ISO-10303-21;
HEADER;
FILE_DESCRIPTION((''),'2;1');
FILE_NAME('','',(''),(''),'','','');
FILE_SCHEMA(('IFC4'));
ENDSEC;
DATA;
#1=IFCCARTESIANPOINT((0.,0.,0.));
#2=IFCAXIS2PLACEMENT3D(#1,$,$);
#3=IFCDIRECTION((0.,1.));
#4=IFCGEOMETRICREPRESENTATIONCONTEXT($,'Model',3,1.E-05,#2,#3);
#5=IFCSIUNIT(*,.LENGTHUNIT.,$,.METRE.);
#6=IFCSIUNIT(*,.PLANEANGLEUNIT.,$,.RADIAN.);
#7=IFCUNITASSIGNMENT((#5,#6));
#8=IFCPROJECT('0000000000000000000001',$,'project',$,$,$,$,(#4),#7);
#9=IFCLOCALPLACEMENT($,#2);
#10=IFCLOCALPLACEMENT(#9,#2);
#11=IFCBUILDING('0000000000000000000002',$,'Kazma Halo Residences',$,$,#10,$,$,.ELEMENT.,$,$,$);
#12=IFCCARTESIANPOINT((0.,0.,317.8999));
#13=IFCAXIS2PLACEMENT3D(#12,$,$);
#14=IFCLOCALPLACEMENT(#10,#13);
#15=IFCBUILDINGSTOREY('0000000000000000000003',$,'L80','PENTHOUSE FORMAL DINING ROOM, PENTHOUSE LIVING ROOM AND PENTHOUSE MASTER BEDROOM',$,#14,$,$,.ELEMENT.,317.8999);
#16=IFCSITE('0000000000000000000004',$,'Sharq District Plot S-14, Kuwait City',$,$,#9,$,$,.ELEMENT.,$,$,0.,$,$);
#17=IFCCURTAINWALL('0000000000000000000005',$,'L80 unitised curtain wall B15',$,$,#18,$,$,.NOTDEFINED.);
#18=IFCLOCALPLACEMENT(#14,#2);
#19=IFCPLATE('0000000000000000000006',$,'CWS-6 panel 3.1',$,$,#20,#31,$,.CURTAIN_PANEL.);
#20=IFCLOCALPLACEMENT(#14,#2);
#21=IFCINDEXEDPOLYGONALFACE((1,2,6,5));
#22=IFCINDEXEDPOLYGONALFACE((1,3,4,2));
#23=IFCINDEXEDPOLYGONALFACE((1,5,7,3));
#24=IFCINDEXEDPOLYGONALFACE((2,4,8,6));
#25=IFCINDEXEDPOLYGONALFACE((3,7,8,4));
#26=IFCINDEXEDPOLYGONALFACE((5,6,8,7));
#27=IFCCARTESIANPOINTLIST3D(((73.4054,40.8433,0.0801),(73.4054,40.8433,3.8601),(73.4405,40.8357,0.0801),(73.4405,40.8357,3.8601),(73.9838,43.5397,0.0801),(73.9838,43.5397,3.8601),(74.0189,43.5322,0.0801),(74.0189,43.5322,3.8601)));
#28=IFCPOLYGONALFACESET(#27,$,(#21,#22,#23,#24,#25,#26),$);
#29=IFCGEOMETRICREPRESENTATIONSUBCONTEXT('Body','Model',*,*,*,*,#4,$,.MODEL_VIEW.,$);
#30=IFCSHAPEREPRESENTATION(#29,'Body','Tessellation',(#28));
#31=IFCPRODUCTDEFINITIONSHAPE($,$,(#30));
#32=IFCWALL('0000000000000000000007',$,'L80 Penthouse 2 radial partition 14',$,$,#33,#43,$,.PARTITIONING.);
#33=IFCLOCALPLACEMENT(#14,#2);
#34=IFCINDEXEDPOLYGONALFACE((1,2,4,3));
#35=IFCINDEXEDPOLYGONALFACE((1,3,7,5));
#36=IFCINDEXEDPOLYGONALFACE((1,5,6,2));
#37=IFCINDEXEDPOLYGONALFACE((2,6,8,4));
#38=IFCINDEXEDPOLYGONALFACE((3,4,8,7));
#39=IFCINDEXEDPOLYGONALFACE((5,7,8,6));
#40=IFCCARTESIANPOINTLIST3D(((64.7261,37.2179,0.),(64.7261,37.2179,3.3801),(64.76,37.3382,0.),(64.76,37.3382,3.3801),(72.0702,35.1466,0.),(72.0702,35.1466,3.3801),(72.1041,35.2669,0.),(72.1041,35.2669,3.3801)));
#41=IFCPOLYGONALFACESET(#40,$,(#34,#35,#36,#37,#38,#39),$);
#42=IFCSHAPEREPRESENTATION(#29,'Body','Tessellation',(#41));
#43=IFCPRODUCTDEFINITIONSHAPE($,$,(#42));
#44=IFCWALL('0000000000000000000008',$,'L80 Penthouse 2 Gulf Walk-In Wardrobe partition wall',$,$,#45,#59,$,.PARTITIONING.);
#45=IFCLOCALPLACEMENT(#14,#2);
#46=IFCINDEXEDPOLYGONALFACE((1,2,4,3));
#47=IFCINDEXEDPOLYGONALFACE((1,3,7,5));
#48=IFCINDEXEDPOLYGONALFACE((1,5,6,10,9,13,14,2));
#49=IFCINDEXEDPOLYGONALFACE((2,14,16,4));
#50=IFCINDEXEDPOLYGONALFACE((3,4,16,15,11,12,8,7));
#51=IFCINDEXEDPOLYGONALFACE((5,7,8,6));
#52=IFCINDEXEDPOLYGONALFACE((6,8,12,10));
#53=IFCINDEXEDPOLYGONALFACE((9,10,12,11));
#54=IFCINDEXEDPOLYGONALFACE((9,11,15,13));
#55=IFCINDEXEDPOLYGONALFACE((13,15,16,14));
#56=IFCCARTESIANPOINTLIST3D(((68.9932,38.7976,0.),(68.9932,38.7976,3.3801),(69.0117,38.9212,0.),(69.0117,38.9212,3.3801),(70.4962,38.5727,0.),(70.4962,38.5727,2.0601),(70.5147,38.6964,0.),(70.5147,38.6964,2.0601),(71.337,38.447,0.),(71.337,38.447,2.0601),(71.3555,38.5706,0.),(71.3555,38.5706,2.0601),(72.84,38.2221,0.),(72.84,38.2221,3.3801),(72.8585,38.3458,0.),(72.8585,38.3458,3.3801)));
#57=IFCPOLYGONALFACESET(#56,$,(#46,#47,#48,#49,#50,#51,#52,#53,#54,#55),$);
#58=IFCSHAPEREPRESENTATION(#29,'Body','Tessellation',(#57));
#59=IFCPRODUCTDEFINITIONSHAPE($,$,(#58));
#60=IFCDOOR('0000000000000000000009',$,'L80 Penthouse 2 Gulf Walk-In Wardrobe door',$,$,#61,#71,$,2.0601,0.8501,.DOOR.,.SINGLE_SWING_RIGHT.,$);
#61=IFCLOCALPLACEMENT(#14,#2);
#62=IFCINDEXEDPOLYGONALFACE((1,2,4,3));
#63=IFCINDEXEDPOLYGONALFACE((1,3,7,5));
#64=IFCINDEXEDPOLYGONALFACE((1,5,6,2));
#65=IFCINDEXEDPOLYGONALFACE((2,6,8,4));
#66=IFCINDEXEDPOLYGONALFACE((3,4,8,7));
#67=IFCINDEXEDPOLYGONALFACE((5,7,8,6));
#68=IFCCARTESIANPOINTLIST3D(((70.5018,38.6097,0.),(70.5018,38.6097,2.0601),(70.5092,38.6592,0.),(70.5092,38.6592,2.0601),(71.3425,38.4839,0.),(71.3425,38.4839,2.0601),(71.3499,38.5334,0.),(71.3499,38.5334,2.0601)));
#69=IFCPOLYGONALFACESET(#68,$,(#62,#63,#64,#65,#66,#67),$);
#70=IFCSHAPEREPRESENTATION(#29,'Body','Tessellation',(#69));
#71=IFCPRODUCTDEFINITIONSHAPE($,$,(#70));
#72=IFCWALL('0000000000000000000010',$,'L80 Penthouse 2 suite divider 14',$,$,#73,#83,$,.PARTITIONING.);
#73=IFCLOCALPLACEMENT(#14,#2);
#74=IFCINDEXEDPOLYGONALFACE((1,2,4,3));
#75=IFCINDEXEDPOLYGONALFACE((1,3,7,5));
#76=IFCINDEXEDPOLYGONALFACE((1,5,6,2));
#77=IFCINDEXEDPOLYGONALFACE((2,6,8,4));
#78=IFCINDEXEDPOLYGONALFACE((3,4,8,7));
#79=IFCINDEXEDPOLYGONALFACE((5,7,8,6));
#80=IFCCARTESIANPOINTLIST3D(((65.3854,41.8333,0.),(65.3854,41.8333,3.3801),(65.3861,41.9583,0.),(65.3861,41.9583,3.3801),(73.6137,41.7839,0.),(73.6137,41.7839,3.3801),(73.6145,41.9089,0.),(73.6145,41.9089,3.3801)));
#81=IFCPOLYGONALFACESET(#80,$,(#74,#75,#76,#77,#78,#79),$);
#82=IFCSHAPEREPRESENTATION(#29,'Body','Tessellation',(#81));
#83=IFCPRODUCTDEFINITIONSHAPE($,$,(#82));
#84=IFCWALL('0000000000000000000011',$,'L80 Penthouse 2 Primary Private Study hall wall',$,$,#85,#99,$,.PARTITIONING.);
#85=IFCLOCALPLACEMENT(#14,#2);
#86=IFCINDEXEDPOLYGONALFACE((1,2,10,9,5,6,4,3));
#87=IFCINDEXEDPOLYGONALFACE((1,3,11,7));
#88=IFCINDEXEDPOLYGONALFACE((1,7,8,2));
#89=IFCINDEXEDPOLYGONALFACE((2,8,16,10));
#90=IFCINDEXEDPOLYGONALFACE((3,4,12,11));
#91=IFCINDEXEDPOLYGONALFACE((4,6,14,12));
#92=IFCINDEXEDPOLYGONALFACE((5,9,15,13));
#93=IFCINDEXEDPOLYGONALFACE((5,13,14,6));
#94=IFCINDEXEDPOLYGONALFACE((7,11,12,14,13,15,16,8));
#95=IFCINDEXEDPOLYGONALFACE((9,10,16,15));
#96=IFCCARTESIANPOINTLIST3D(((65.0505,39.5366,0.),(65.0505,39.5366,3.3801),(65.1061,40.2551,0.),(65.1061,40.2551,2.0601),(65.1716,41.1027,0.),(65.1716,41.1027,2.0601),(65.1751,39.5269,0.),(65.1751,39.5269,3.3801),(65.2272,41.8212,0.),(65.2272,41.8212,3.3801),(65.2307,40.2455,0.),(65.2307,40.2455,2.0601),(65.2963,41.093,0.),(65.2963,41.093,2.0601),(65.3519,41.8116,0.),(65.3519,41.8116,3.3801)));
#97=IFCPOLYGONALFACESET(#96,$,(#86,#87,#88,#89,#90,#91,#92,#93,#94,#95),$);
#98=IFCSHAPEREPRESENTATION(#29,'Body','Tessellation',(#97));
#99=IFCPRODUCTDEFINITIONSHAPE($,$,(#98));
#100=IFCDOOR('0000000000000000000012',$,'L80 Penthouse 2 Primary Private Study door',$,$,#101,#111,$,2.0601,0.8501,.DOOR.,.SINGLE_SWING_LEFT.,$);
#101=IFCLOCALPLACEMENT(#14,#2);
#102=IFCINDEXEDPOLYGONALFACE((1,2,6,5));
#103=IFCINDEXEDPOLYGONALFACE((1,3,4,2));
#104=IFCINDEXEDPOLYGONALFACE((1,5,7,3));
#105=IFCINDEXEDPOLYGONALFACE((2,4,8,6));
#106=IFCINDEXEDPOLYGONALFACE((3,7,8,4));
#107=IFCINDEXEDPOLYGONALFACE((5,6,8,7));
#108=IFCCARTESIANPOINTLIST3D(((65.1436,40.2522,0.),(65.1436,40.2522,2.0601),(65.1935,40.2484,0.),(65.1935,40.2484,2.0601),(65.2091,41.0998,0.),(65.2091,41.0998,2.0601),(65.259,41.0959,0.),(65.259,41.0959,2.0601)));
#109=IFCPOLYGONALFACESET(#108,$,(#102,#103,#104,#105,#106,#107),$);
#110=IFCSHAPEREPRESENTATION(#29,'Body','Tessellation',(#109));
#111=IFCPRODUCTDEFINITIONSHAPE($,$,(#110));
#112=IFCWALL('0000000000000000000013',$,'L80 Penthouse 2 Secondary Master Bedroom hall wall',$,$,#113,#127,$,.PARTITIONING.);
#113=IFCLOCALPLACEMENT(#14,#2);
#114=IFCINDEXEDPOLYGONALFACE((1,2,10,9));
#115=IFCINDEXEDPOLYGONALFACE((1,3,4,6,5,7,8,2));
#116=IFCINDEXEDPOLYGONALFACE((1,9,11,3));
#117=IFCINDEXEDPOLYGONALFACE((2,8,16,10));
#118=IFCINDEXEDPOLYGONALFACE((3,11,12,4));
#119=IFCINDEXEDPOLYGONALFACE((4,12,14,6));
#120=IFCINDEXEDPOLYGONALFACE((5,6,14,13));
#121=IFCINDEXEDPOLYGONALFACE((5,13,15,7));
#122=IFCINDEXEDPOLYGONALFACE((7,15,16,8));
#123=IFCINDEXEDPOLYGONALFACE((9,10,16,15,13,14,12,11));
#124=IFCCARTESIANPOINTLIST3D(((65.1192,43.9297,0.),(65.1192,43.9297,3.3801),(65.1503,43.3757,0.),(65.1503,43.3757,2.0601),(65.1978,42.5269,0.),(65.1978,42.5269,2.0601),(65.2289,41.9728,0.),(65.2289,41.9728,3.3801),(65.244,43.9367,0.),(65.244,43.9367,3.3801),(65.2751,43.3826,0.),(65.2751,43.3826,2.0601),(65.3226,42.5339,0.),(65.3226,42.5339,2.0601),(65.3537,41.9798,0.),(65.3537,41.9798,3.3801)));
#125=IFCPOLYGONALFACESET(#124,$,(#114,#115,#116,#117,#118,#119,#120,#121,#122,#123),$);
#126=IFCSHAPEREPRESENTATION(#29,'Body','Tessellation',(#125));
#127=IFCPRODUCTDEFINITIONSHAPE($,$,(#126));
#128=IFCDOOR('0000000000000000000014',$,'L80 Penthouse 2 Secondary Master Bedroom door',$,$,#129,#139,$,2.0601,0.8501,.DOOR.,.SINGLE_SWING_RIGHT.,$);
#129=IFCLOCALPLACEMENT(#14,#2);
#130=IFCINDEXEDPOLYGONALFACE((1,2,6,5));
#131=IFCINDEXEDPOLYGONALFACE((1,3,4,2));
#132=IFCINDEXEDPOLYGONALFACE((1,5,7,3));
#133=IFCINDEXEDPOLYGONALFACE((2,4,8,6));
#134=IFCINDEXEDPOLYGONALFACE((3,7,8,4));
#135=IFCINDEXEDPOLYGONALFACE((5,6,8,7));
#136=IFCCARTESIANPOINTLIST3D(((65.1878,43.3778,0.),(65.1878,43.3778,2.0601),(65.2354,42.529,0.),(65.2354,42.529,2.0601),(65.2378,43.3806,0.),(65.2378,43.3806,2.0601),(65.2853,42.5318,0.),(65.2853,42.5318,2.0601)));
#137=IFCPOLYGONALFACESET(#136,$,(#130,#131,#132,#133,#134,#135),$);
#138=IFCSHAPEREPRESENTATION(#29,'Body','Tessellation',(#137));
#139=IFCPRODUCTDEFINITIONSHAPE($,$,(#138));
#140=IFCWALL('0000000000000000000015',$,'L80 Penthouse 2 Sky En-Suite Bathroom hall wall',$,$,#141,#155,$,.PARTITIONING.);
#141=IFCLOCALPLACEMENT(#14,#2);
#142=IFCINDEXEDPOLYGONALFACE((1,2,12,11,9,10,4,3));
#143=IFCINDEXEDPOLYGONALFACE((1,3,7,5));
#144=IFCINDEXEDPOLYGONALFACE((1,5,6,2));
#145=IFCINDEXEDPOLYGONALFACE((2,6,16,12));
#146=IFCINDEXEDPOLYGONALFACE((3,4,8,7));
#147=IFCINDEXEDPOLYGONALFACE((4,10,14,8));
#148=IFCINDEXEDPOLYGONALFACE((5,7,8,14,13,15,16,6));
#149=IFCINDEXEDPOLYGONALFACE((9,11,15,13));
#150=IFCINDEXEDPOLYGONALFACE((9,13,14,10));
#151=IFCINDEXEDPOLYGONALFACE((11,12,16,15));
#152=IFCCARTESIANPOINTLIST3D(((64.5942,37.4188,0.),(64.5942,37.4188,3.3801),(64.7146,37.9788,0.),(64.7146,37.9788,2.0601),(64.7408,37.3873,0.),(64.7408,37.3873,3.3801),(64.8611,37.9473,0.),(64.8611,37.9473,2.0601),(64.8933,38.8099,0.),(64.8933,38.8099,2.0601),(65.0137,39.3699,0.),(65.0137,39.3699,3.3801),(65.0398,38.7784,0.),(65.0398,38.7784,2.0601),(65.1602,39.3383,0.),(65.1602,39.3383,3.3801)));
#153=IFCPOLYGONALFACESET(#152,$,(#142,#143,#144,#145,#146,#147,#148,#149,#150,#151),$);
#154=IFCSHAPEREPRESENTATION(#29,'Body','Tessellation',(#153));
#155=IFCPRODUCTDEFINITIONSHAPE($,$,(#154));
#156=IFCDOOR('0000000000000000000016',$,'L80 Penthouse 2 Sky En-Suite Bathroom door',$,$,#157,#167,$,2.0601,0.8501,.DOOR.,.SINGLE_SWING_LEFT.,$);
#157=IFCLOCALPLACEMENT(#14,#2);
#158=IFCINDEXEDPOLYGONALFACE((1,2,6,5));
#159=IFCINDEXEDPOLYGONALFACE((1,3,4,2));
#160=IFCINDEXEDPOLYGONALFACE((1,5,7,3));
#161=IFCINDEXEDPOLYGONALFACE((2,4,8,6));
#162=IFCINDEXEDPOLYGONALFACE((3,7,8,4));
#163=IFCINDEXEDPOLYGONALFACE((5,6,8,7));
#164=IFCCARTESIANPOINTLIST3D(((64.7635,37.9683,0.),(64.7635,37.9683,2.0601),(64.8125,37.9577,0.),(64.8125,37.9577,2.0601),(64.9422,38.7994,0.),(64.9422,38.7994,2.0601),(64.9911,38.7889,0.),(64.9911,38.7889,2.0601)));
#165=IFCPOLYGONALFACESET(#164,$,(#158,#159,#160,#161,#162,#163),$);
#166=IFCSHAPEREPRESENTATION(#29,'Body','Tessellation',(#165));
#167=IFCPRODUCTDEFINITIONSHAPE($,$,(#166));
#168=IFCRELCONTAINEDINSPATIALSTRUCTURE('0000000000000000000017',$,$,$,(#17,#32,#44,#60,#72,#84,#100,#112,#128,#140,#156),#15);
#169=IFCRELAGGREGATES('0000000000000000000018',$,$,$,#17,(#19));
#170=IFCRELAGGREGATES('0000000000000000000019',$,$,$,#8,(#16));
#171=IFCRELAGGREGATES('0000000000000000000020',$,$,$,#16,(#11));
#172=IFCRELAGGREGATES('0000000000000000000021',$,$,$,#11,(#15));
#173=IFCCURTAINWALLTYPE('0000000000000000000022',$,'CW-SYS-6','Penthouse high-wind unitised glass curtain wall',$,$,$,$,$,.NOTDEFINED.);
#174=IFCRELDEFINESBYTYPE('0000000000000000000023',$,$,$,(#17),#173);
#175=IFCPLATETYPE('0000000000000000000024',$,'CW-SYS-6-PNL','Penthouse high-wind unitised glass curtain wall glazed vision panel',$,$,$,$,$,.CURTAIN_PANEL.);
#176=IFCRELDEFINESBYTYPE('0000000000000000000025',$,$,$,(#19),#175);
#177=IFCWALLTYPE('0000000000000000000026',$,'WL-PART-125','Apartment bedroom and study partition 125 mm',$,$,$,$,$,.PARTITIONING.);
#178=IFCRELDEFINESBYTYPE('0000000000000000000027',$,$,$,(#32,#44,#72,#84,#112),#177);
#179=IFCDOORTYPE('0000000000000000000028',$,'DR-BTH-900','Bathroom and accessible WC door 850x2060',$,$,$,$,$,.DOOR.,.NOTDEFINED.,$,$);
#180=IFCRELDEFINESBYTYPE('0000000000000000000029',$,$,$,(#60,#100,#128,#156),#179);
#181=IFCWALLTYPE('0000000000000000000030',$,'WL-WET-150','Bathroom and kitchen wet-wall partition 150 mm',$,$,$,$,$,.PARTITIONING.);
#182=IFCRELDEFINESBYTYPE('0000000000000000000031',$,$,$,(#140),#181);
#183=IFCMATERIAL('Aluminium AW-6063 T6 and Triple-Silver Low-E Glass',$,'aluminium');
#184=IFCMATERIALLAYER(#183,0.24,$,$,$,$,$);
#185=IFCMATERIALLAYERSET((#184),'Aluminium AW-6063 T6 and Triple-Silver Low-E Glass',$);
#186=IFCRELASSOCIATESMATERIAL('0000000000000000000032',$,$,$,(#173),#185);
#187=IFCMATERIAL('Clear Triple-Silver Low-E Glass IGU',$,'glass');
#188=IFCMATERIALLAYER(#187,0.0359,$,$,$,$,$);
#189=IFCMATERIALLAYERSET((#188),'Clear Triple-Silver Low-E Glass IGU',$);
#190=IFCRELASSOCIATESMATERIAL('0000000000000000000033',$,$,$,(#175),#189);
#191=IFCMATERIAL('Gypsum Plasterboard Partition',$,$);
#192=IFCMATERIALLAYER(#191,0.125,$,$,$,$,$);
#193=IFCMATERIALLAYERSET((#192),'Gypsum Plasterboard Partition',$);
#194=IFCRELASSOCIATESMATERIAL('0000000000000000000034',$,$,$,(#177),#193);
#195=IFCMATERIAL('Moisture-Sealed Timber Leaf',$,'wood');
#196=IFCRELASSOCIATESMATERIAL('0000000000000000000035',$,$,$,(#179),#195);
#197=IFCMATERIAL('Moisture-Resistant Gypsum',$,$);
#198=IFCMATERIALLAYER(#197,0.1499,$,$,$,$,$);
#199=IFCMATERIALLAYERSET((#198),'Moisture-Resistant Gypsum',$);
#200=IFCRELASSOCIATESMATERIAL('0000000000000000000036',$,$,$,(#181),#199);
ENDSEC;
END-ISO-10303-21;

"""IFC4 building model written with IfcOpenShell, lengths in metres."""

from ifc_helpers import new_model, si_unit, direction, frame, frame_2d, origin, origin_2d, place, context, subcontext, project, spatial, rectangle, extrude, material, layer, layer_set, type_object, element, fill, aggregate, save


model = new_model("IFC4")

# Units and contexts
model_context = context("Model", 3, precision=1e-05, world=origin(), true_north=direction((0.0, 1.0)))
body_context = subcontext(model_context, "Body", "Model", "MODEL_VIEW")
ifc_project = project(units=[si_unit("LENGTHUNIT", "METRE"), si_unit("PLANEANGLEUNIT", "RADIAN")], contexts=[model_context])

# Site, building, storey
site_placement = place(None, origin())
site = spatial("IfcSite", under=ifc_project, at=site_placement, Name="Sharq District Plot S-14, Kuwait City", CompositionType="ELEMENT", RefElevation=0.0)
building_placement = place(site_placement, origin())
building = spatial("IfcBuilding", under=site, at=building_placement, Name="Kazma Halo Residences", CompositionType="ELEMENT")
storey_placement = place(building_placement, frame((0.0, 0.0, 317.8999)))
storey = spatial("IfcBuildingStorey", under=building, at=storey_placement, Name="L80", Description="PENTHOUSE FORMAL DINING ROOM, PENTHOUSE LIVING ROOM AND PENTHOUSE MASTER BEDROOM", CompositionType="ELEMENT", Elevation=317.8999)

# Curtain wall, plate
ifc_material_1 = material(Name="Aluminium AW-6063 T6 and Triple-Silver Low-E Glass", Category="aluminium")
ifc_layer_1 = layer(ifc_material_1, 0.24)
ifc_layer_set_1 = layer_set([ifc_layer_1], Name="Aluminium AW-6063 T6 and Triple-Silver Low-E Glass")
curtain_wall_type = type_object("IfcCurtainWallType", Name="CW-SYS-6", Description="Penthouse high-wind unitised glass curtain wall", PredefinedType="NOTDEFINED", material=ifc_layer_set_1)
curtain_wall_placement = place(storey_placement, origin())
curtain_wall = element("IfcCurtainWall", 1, at=curtain_wall_placement, inside=storey, type_object=curtain_wall_type, Name="L80 unitised curtain wall B15", PredefinedType="NOTDEFINED")
ifc_material_2 = material(Name="Clear Triple-Silver Low-E Glass IGU", Category="glass")
ifc_layer_2 = layer(ifc_material_2, 0.0359)
ifc_layer_set_2 = layer_set([ifc_layer_2], Name="Clear Triple-Silver Low-E Glass IGU")
plate_type = type_object("IfcPlateType", Name="CW-SYS-6-PNL", Description="Penthouse high-wind unitised glass curtain wall glazed vision panel", PredefinedType="CURTAIN_PANEL", material=ifc_layer_set_2)
plate_1_placement = place(storey_placement, frame((73.7122, 42.1877, 0.0801), z_axis=(0.0, 0.0, 1.0), x_axis=(0.209723, 0.977761, 0.0)))
plate_1 = element("IfcPlate", 2, at=plate_1_placement, type_object=plate_type, Name="CWS-6 panel 3.1", PredefinedType="CURTAIN_PANEL", context=body_context, shape_type="SweptSolid", body=[
    extrude(rectangle(XDim=2.7578, YDim=0.0359, at=origin_2d()), origin(), (0.0, 0.0, 1.0), 3.78),
])
aggregate(curtain_wall, [plate_1])

# Wall
ifc_material_3 = material(Name="Gypsum Plasterboard Partition")
ifc_layer_3 = layer(ifc_material_3, 0.125)
ifc_layer_set_3 = layer_set([ifc_layer_3], Name="Gypsum Plasterboard Partition")
wall_type_1 = type_object("IfcWallType", Name="WL-PART-125", Description="Apartment bedroom and study partition 125 mm", PredefinedType="PARTITIONING", material=ifc_layer_set_3)
wall_1_placement = place(storey_placement, frame((64.7429, 37.2781, 0.0), z_axis=(0.0, 0.0, 1.0), x_axis=(0.962455, -0.27144, 0.0)))
element("IfcWall", 3, at=wall_1_placement, inside=storey, type_object=wall_type_1, Name="L80 Penthouse 2 radial partition 14", PredefinedType="PARTITIONING", context=body_context, shape_type="SweptSolid", body=[
    extrude(rectangle(XDim=7.6306, YDim=0.125, at=frame_2d((3.8154, 0.0))), origin(), (0.0, 0.0, 1.0), 3.3801),
])

# Wall, opening, door
wall_2_placement = place(storey_placement, frame((69.0024, 38.8594, 0.0), z_axis=(0.0, 0.0, 1.0), x_axis=(0.988997, -0.147938, 0.0)))
wall_2 = element("IfcWall", 4, at=wall_2_placement, inside=storey, type_object=wall_type_1, Name="L80 Penthouse 2 Gulf Walk-In Wardrobe partition wall", PredefinedType="PARTITIONING", context=body_context, shape_type="SweptSolid", body=[
    extrude(rectangle(XDim=3.8896, YDim=0.125, at=frame_2d((1.9448, 0.0))), origin(), (0.0, 0.0, 1.0), 3.3801),
])
opening_1_placement = place(wall_2_placement, frame((1.5198, 0.0, 0.0)))
opening_1 = element("IfcOpeningElement", 5, at=opening_1_placement, cuts=wall_2, PredefinedType="OPENING", context=body_context, shape_type="SweptSolid", body=[
    extrude(rectangle(XDim=0.8501, YDim=2.0601, at=frame_2d((0.425, 1.03))), frame((0.0, 0.0725, 0.0), z_axis=(0.0, -1.0, 0.0), x_axis=(1.0, 0.0, 0.0)), (0.0, 0.0, 1.0), 0.145),
])
ifc_material_4 = material(Name="Moisture-Sealed Timber Leaf", Category="wood")
door_type = type_object("IfcDoorType", Name="DR-BTH-900", Description="Bathroom and accessible WC door 850x2060", OperationType="NOTDEFINED", PredefinedType="DOOR", material=ifc_material_4)
door_1_placement = place(opening_1_placement, origin())
door_1 = element("IfcDoor", 6, at=door_1_placement, inside=storey, type_object=door_type, Name="L80 Penthouse 2 Gulf Walk-In Wardrobe door", OperationType="SINGLE_SWING_RIGHT", OverallHeight=2.0601, OverallWidth=0.8501, PredefinedType="DOOR", context=body_context, shape_type="SweptSolid", body=[
    extrude(rectangle(XDim=0.8501, YDim=2.0601, at=frame_2d((0.425, 1.03))), frame((0.0, 0.0249, 0.0), z_axis=(0.0, -1.0, 0.0), x_axis=(1.0, 0.0, 0.0)), (0.0, 0.0, 1.0), 0.05),
])
fill(opening_1, door_1)

# Wall
wall_3_placement = place(storey_placement, frame((65.3857, 41.8958, 0.0), z_axis=(0.0, 0.0, 1.0), x_axis=(0.999982, -0.005993, 0.0)))
element("IfcWall", 7, at=wall_3_placement, inside=storey, type_object=wall_type_1, Name="L80 Penthouse 2 suite divider 14", PredefinedType="PARTITIONING", context=body_context, shape_type="SweptSolid", body=[
    extrude(rectangle(XDim=8.2285, YDim=0.125, at=frame_2d((4.1143, 0.0))), origin(), (0.0, 0.0, 1.0), 3.3801),
])

# Walls, openings, doors
wall_4_placement = place(storey_placement, frame((65.1128, 39.5317, 0.0), z_axis=(0.0, 0.0, 1.0), x_axis=(0.077136, 0.997021, 0.0)))
wall_4 = element("IfcWall", 8, at=wall_4_placement, inside=storey, type_object=wall_type_1, Name="L80 Penthouse 2 Primary Private Study hall wall", PredefinedType="PARTITIONING", context=body_context, shape_type="SweptSolid", body=[
    extrude(rectangle(XDim=2.2915, YDim=0.125, at=frame_2d((1.1458, 0.0))), origin(), (0.0, 0.0, 1.0), 3.3801),
])
opening_2_placement = place(wall_4_placement, frame((0.7207, 0.0, 0.0)))
opening_2 = element("IfcOpeningElement", 9, at=opening_2_placement, cuts=wall_4, PredefinedType="OPENING", context=body_context, shape_type="SweptSolid", body=[
    extrude(rectangle(XDim=0.8501, YDim=2.0601, at=frame_2d((0.425, 1.03))), frame((0.0, 0.0725, 0.0), z_axis=(0.0, -1.0, 0.0), x_axis=(1.0, 0.0, 0.0)), (0.0, 0.0, 1.0), 0.145),
])
door_2_placement = place(opening_2_placement, origin())
door_2 = element("IfcDoor", 10, at=door_2_placement, inside=storey, type_object=door_type, Name="L80 Penthouse 2 Primary Private Study door", OperationType="SINGLE_SWING_LEFT", OverallHeight=2.0601, OverallWidth=0.8501, PredefinedType="DOOR", context=body_context, shape_type="SweptSolid", body=[
    extrude(rectangle(XDim=0.8501, YDim=2.0601, at=frame_2d((0.425, 1.03))), frame((0.0, 0.0249, 0.0), z_axis=(0.0, -1.0, 0.0), x_axis=(1.0, 0.0, 0.0)), (0.0, 0.0, 1.0), 0.05),
])
fill(opening_2, door_2)
wall_5_placement = place(storey_placement, frame((65.2913, 41.9763, 0.0), z_axis=(0.0, 0.0, 1.0), x_axis=(-0.055932, 0.998435, 0.0)))
wall_5 = element("IfcWall", 11, at=wall_5_placement, inside=storey, type_object=wall_type_1, Name="L80 Penthouse 2 Secondary Master Bedroom hall wall", PredefinedType="PARTITIONING", context=body_context, shape_type="SweptSolid", body=[
    extrude(rectangle(XDim=1.96, YDim=0.125, at=frame_2d((0.98, 0.0))), origin(), (0.0, 0.0, 1.0), 3.3801),
])
opening_3_placement = place(wall_5_placement, frame((0.5549, 0.0, 0.0)))
opening_3 = element("IfcOpeningElement", 12, at=opening_3_placement, cuts=wall_5, PredefinedType="OPENING", context=body_context, shape_type="SweptSolid", body=[
    extrude(rectangle(XDim=0.8501, YDim=2.0601, at=frame_2d((0.425, 1.03))), frame((0.0, 0.0725, 0.0), z_axis=(0.0, -1.0, 0.0), x_axis=(1.0, 0.0, 0.0)), (0.0, 0.0, 1.0), 0.145),
])
door_3_placement = place(opening_3_placement, origin())
door_3 = element("IfcDoor", 13, at=door_3_placement, inside=storey, type_object=door_type, Name="L80 Penthouse 2 Secondary Master Bedroom door", OperationType="SINGLE_SWING_RIGHT", OverallHeight=2.0601, OverallWidth=0.8501, PredefinedType="DOOR", context=body_context, shape_type="SweptSolid", body=[
    extrude(rectangle(XDim=0.8501, YDim=2.0601, at=frame_2d((0.425, 1.03))), frame((0.0, 0.0249, 0.0), z_axis=(0.0, -1.0, 0.0), x_axis=(1.0, 0.0, 0.0)), (0.0, 0.0, 1.0), 0.05),
])
fill(opening_3, door_3)
ifc_material_5 = material(Name="Moisture-Resistant Gypsum")
ifc_layer_4 = layer(ifc_material_5, 0.1499)
ifc_layer_set_4 = layer_set([ifc_layer_4], Name="Moisture-Resistant Gypsum")
wall_type_2 = type_object("IfcWallType", Name="WL-WET-150", Description="Bathroom and kitchen wet-wall partition 150 mm", PredefinedType="PARTITIONING", material=ifc_layer_set_4)
wall_6_placement = place(storey_placement, frame((64.6675, 37.4031, 0.0), z_axis=(0.0, 0.0, 1.0), x_axis=(0.210189, 0.977661, 0.0)))
wall_6 = element("IfcWall", 14, at=wall_6_placement, inside=storey, type_object=wall_type_2, Name="L80 Penthouse 2 Sky En-Suite Bathroom hall wall", PredefinedType="PARTITIONING", context=body_context, shape_type="SweptSolid", body=[
    extrude(rectangle(XDim=1.9956, YDim=0.1499, at=frame_2d((0.9978, 0.0))), origin(), (0.0, 0.0, 1.0), 3.3801),
])
opening_4_placement = place(wall_6_placement, frame((0.5728, 0.0, 0.0)))
opening_4 = element("IfcOpeningElement", 15, at=opening_4_placement, cuts=wall_6, PredefinedType="OPENING", context=body_context, shape_type="SweptSolid", body=[
    extrude(rectangle(XDim=0.8501, YDim=2.0601, at=frame_2d((0.425, 1.03))), frame((0.0, 0.085, 0.0), z_axis=(0.0, -1.0, 0.0), x_axis=(1.0, 0.0, 0.0)), (0.0, 0.0, 1.0), 0.1699),
])
door_4_placement = place(opening_4_placement, origin())
door_4 = element("IfcDoor", 16, at=door_4_placement, inside=storey, type_object=door_type, Name="L80 Penthouse 2 Sky En-Suite Bathroom door", OperationType="SINGLE_SWING_LEFT", OverallHeight=2.0601, OverallWidth=0.8501, PredefinedType="DOOR", context=body_context, shape_type="SweptSolid", body=[
    extrude(rectangle(XDim=0.8501, YDim=2.0601, at=frame_2d((0.425, 1.03))), frame((0.0, 0.0249, 0.0), z_axis=(0.0, -1.0, 0.0), x_axis=(1.0, 0.0, 0.0)), (0.0, 0.0, 1.0), 0.05),
])
fill(opening_4, door_4)

save(model, "model.ifc")
